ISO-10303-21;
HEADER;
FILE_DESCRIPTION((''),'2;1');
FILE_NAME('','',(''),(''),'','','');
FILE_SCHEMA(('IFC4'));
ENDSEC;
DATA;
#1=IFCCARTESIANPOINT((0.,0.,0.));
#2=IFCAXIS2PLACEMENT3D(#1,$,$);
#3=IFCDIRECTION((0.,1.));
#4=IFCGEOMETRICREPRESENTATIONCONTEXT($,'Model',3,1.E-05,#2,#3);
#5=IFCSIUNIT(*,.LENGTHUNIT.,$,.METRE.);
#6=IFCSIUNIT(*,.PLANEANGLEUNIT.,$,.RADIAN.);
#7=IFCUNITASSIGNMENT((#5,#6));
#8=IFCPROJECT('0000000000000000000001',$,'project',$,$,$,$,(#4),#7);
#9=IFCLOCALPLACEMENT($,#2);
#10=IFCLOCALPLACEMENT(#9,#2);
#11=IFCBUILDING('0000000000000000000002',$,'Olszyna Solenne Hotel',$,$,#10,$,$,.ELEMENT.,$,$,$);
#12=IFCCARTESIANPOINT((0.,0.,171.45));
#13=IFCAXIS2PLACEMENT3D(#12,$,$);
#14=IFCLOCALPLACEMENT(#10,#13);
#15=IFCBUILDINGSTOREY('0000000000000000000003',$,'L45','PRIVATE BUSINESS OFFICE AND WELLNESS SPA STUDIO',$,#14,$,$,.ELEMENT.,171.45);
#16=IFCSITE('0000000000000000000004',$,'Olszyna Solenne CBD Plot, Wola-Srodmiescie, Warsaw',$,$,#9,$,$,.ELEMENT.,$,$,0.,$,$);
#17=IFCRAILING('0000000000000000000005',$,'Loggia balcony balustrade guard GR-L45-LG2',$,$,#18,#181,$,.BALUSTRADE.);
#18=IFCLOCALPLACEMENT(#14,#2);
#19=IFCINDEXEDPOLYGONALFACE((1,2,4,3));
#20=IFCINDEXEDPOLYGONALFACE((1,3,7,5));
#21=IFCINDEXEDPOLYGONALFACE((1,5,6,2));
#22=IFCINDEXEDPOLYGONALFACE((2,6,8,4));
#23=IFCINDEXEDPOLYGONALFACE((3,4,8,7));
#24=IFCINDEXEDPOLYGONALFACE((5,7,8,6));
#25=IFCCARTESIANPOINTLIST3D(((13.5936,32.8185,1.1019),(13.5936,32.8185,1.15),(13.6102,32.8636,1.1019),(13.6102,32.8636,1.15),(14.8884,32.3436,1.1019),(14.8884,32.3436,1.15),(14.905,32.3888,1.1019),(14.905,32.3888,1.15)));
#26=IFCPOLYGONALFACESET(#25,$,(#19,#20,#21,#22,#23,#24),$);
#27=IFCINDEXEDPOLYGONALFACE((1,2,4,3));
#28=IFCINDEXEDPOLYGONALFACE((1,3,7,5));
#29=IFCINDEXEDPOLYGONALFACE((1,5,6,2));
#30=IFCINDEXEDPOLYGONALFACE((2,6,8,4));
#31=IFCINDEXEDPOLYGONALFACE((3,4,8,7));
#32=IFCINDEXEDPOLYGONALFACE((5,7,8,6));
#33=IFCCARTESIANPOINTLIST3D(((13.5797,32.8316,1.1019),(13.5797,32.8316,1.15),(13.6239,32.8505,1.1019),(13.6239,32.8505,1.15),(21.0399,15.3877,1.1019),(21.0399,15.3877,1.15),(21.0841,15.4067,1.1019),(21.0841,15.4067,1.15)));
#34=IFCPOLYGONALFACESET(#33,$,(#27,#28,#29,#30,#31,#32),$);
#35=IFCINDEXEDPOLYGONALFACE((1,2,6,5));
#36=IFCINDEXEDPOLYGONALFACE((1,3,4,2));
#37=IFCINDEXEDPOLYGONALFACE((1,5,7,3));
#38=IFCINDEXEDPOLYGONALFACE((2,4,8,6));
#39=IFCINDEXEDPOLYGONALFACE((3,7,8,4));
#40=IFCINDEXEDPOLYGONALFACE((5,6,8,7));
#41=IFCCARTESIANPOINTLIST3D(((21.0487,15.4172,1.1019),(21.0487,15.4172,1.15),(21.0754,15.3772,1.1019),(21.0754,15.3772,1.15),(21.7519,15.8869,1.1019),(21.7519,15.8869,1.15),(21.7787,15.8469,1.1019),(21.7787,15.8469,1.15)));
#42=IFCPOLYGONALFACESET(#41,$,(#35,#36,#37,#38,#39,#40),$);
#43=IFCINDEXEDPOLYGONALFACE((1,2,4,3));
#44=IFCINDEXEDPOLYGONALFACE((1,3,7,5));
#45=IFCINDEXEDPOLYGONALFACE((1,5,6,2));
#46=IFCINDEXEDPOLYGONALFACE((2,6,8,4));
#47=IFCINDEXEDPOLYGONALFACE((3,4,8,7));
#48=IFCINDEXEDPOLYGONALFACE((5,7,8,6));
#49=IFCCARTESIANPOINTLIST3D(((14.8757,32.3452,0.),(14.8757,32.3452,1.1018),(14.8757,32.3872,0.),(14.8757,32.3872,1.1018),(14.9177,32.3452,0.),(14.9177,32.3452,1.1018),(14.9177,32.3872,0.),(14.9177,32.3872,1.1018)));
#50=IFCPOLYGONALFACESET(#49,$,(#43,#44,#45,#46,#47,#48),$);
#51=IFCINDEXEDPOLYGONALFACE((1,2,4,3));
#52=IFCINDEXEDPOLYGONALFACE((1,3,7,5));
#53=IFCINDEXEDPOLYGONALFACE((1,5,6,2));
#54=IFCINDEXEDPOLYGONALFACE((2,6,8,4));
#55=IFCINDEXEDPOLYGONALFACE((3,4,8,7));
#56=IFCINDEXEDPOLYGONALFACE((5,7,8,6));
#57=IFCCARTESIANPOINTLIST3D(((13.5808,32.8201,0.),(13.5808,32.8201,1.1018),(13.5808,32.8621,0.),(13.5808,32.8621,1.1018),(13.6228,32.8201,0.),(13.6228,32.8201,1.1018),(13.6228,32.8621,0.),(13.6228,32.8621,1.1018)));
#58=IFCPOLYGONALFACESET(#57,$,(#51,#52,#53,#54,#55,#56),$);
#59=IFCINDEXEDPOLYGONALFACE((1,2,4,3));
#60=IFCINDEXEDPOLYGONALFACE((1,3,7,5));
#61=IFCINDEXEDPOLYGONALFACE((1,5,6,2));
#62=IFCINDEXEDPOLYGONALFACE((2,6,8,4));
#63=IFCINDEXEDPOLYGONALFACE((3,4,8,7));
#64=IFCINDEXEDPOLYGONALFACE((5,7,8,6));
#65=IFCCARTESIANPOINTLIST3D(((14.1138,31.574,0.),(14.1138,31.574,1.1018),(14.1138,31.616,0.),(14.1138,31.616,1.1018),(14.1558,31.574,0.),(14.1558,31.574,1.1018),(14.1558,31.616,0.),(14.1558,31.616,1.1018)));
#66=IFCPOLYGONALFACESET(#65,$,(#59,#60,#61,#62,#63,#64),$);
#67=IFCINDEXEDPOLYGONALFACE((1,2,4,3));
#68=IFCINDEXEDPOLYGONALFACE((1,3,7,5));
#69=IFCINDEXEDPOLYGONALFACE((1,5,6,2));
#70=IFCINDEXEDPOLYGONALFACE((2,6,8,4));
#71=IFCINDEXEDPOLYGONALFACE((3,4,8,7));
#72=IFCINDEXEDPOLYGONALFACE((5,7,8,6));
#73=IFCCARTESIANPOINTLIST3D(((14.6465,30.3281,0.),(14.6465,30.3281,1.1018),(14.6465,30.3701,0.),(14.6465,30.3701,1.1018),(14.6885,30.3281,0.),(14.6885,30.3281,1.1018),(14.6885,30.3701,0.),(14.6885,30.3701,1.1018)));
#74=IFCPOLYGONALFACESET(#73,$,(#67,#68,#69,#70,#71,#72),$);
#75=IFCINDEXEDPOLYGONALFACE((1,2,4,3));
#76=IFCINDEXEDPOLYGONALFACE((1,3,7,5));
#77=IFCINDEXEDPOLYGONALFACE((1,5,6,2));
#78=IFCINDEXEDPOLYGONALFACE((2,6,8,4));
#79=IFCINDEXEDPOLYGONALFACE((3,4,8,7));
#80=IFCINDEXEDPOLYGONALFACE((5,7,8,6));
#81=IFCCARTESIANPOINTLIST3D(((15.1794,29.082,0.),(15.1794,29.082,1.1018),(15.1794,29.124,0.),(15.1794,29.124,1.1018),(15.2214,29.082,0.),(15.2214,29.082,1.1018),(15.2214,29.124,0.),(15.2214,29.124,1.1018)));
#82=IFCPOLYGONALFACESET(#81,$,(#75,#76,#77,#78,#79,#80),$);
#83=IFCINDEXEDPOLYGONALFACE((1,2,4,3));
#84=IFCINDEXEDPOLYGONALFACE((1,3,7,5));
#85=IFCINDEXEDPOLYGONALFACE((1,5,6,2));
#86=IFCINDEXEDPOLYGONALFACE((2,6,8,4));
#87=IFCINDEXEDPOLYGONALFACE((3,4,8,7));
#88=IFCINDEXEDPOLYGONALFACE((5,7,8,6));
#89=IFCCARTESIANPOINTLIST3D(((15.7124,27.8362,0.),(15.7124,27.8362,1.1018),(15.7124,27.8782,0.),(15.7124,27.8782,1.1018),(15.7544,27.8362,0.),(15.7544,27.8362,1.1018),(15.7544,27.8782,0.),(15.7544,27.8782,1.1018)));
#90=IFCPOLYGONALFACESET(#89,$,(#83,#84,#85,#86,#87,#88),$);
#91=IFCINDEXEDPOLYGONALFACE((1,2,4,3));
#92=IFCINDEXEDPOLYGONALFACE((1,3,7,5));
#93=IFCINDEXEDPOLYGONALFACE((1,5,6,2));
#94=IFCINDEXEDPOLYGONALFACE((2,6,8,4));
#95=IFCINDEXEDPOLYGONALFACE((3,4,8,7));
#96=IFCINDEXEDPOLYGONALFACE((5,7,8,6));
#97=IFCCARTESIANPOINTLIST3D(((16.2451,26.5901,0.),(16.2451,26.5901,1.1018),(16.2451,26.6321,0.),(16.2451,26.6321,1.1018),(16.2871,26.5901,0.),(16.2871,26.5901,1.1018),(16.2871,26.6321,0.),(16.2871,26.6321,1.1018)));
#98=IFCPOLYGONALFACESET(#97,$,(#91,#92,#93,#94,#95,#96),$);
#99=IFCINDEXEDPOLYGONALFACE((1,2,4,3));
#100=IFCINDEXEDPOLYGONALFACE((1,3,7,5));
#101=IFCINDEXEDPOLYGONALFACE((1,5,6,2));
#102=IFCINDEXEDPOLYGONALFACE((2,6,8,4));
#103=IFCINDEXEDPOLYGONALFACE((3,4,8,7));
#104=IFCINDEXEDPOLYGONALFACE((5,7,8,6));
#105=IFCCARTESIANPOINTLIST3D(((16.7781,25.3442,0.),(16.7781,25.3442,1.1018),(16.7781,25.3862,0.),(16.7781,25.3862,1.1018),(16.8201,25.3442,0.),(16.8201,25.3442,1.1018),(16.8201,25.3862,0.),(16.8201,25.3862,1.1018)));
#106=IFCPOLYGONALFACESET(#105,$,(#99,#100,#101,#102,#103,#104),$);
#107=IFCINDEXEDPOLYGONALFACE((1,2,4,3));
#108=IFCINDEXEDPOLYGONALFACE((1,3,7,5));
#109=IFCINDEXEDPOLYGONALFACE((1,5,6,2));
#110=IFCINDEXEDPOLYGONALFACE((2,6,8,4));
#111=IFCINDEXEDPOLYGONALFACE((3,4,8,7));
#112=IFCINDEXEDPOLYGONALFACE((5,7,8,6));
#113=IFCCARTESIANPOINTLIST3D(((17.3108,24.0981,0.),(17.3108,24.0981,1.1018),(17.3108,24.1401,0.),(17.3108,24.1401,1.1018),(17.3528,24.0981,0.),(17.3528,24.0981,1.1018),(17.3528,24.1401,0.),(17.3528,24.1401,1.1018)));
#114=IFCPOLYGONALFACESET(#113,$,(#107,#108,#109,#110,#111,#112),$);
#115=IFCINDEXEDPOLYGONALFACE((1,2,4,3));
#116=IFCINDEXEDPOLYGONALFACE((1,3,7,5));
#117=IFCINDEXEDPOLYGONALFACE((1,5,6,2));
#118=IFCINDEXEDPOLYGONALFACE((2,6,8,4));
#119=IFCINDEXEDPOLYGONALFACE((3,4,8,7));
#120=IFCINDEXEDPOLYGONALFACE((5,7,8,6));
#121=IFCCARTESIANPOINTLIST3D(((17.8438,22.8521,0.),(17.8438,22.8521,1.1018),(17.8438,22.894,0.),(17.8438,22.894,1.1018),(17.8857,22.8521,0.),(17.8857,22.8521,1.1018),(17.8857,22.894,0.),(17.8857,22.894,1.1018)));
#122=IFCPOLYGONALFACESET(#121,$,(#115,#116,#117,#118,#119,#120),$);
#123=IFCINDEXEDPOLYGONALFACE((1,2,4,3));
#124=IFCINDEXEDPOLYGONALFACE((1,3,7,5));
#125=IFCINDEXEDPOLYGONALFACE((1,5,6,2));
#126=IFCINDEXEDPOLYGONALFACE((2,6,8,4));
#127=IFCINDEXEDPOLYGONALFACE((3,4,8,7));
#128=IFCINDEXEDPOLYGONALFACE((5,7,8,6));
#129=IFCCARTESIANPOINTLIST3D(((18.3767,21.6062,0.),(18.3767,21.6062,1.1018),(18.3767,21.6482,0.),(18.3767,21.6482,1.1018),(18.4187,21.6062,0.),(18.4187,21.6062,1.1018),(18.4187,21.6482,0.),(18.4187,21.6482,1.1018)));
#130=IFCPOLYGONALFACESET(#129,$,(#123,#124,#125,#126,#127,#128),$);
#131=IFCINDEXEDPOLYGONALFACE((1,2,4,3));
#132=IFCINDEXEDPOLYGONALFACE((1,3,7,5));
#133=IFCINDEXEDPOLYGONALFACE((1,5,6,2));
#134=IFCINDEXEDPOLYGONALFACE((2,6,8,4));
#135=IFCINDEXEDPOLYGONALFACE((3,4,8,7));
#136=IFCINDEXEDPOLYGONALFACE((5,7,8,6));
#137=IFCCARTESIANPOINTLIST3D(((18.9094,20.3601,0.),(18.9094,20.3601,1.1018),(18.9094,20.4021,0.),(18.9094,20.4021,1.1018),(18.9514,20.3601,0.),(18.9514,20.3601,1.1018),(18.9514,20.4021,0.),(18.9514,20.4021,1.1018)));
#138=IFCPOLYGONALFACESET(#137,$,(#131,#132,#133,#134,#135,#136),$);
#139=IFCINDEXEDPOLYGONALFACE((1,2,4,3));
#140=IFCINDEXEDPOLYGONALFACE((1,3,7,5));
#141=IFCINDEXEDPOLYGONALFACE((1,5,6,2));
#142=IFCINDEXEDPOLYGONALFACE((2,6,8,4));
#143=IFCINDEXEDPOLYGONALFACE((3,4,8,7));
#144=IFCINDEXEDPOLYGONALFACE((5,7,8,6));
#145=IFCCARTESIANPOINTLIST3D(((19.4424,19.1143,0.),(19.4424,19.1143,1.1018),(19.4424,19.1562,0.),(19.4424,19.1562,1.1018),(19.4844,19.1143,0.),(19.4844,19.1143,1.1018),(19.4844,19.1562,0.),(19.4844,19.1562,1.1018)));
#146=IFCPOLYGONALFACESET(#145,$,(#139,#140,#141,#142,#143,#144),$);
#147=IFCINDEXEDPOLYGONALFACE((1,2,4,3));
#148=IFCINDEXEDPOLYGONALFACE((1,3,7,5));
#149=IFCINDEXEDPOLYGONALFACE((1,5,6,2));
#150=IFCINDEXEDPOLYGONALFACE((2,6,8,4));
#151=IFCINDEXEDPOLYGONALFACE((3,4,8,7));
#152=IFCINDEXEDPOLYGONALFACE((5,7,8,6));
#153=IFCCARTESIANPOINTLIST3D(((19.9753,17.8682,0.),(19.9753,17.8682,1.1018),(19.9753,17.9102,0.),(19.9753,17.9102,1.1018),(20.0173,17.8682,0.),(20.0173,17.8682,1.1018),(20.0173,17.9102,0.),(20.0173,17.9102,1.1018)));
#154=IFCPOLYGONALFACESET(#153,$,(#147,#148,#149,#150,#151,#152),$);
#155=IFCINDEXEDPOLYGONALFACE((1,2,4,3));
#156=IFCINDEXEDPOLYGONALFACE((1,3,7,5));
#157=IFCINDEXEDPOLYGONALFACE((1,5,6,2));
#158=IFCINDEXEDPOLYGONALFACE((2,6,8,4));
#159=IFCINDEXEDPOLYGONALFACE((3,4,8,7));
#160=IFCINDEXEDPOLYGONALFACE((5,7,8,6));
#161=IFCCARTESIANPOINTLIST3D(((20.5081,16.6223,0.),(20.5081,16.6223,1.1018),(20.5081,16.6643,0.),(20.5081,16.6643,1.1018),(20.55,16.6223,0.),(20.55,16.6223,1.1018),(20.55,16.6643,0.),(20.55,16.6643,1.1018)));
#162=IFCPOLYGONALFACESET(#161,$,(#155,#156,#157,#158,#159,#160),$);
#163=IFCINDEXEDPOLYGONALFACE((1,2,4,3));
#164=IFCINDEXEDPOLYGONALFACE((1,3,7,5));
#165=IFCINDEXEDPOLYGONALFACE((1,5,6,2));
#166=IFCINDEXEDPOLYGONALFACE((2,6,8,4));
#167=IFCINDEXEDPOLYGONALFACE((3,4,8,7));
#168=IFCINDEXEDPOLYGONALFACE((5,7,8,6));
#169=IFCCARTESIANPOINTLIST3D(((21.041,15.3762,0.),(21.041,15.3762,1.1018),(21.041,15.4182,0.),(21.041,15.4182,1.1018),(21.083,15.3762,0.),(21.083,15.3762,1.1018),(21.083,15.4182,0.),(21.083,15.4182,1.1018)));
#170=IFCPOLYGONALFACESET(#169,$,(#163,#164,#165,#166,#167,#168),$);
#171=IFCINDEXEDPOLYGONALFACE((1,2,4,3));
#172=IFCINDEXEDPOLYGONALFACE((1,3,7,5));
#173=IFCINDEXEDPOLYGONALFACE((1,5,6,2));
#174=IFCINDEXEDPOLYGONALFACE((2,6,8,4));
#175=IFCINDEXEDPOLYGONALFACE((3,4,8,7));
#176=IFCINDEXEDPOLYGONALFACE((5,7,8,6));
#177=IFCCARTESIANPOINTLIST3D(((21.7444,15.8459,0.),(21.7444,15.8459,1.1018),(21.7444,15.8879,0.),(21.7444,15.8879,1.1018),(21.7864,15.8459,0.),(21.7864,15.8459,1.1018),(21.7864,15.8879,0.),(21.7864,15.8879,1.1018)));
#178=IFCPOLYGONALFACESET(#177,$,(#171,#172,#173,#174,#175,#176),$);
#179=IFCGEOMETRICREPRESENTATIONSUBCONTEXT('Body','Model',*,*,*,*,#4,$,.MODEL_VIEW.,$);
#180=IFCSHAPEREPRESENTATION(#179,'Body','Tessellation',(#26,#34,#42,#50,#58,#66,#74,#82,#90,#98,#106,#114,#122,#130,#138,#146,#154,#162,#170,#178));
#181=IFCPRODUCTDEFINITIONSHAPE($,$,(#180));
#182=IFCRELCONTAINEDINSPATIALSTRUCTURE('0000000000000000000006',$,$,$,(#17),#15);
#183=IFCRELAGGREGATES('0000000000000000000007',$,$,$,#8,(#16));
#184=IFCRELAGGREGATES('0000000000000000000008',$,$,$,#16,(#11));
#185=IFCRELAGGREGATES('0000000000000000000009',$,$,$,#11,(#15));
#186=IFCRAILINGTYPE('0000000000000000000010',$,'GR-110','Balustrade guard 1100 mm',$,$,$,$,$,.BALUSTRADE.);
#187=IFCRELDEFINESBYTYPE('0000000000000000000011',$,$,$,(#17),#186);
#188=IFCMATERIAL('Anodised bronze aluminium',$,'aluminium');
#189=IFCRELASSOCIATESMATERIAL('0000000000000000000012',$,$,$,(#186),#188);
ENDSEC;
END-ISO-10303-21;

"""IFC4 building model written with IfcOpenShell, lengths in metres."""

from ifc_helpers import new_model, si_unit, direction, frame, origin, origin_2d, place, context, subcontext, project, spatial, rectangle, extrude, material, type_object, element, save


model = new_model("IFC4")

# Units and contexts
model_context = context("Model", 3, precision=1e-05, world=origin(), true_north=direction((0.0, 1.0)))
body_context = subcontext(model_context, "Body", "Model", "MODEL_VIEW")
ifc_project = project(units=[si_unit("LENGTHUNIT", "METRE"), si_unit("PLANEANGLEUNIT", "RADIAN")], contexts=[model_context])

# Site, building, storey
site_placement = place(None, origin())
site = spatial("IfcSite", under=ifc_project, at=site_placement, Name="Olszyna Solenne CBD Plot, Wola-Srodmiescie, Warsaw", CompositionType="ELEMENT", RefElevation=0.0)
building_placement = place(site_placement, origin())
building = spatial("IfcBuilding", under=site, at=building_placement, Name="Olszyna Solenne Hotel", CompositionType="ELEMENT")
storey_placement = place(building_placement, frame((0.0, 0.0, 171.45)))
storey = spatial("IfcBuildingStorey", under=building, at=storey_placement, Name="L45", Description="PRIVATE BUSINESS OFFICE AND WELLNESS SPA STUDIO", CompositionType="ELEMENT", Elevation=171.45)

# Railing
ifc_material_1 = material(Name="Anodised bronze aluminium", Category="aluminium")
railing_type = type_object("IfcRailingType", Name="GR-110", Description="Balustrade guard 1100 mm", PredefinedType="BALUSTRADE", material=ifc_material_1)
railing_placement = place(storey_placement, frame((14.8967, 32.3662, 0.0)))
element("IfcRailing", 1, at=railing_placement, inside=storey, type_object=railing_type, Name="Loggia balcony balustrade guard GR-L45-LG2", PredefinedType="BALUSTRADE", context=body_context, shape_type="SweptSolid", body=[
    extrude(rectangle(XDim=0.0481, YDim=0.0481, at=origin_2d()), frame((0.0, 0.0, 1.126), z_axis=(-0.938865, 0.344286, 0.0), x_axis=(-0.344286, -0.938865, 0.0)), (0.0, 0.0, 1.0), 1.3792),
    extrude(rectangle(XDim=0.0481, YDim=0.0481, at=origin_2d()), frame((-1.2949, 0.4749, 1.126), z_axis=(0.393219, -0.919445, 0.0), x_axis=(0.919445, 0.393219, 0.0)), (0.0, 0.0, 1.0), 18.9722),
    extrude(rectangle(XDim=0.0481, YDim=0.0481, at=origin_2d()), frame((6.1653, -16.969, 1.126), z_axis=(0.831606, 0.555366, 0.0), x_axis=(-0.555366, 0.831606, 0.0)), (0.0, 0.0, 1.0), 0.8457),
    extrude(rectangle(XDim=0.042, YDim=0.042, at=origin_2d()), origin(), (0.0, 0.0, 1.0), 1.1018),
    extrude(rectangle(XDim=0.042, YDim=0.042, at=origin_2d()), frame((-1.2949, 0.4749, 0.0)), (0.0, 0.0, 1.0), 1.1018),
    extrude(rectangle(XDim=0.042, YDim=0.042, at=origin_2d()), frame((-0.762, -0.7712, 0.0)), (0.0, 0.0, 1.0), 1.1018),
    extrude(rectangle(XDim=0.042, YDim=0.042, at=origin_2d()), frame((-0.2292, -2.0171, 0.0)), (0.0, 0.0, 1.0), 1.1018),
    extrude(rectangle(XDim=0.042, YDim=0.042, at=origin_2d()), frame((0.3037, -3.2632, 0.0)), (0.0, 0.0, 1.0), 1.1018),
    extrude(rectangle(XDim=0.042, YDim=0.042, at=origin_2d()), frame((0.8367, -4.509, 0.0)), (0.0, 0.0, 1.0), 1.1018),
    extrude(rectangle(XDim=0.042, YDim=0.042, at=origin_2d()), frame((1.3694, -5.7551, 0.0)), (0.0, 0.0, 1.0), 1.1018),
    extrude(rectangle(XDim=0.042, YDim=0.042, at=origin_2d()), frame((1.9023, -7.001, 0.0)), (0.0, 0.0, 1.0), 1.1018),
    extrude(rectangle(XDim=0.042, YDim=0.042, at=origin_2d()), frame((2.4351, -8.2471, 0.0)), (0.0, 0.0, 1.0), 1.1018),
    extrude(rectangle(XDim=0.042, YDim=0.042, at=origin_2d()), frame((2.968, -9.4932, 0.0)), (0.0, 0.0, 1.0), 1.1018),
    extrude(rectangle(XDim=0.042, YDim=0.042, at=origin_2d()), frame((3.501, -10.739, 0.0)), (0.0, 0.0, 1.0), 1.1018),
    extrude(rectangle(XDim=0.042, YDim=0.042, at=origin_2d()), frame((4.0337, -11.9851, 0.0)), (0.0, 0.0, 1.0), 1.1018),
    extrude(rectangle(XDim=0.042, YDim=0.042, at=origin_2d()), frame((4.5667, -13.231, 0.0)), (0.0, 0.0, 1.0), 1.1018),
    extrude(rectangle(XDim=0.042, YDim=0.042, at=origin_2d()), frame((5.0996, -14.4771, 0.0)), (0.0, 0.0, 1.0), 1.1018),
    extrude(rectangle(XDim=0.042, YDim=0.042, at=origin_2d()), frame((5.6323, -15.7229, 0.0)), (0.0, 0.0, 1.0), 1.1018),
    extrude(rectangle(XDim=0.042, YDim=0.042, at=origin_2d()), frame((6.1653, -16.969, 0.0)), (0.0, 0.0, 1.0), 1.1018),
    extrude(rectangle(XDim=0.042, YDim=0.042, at=origin_2d()), frame((6.8687, -16.4993, 0.0)), (0.0, 0.0, 1.0), 1.1018),
])

save(model, "model.ifc")
